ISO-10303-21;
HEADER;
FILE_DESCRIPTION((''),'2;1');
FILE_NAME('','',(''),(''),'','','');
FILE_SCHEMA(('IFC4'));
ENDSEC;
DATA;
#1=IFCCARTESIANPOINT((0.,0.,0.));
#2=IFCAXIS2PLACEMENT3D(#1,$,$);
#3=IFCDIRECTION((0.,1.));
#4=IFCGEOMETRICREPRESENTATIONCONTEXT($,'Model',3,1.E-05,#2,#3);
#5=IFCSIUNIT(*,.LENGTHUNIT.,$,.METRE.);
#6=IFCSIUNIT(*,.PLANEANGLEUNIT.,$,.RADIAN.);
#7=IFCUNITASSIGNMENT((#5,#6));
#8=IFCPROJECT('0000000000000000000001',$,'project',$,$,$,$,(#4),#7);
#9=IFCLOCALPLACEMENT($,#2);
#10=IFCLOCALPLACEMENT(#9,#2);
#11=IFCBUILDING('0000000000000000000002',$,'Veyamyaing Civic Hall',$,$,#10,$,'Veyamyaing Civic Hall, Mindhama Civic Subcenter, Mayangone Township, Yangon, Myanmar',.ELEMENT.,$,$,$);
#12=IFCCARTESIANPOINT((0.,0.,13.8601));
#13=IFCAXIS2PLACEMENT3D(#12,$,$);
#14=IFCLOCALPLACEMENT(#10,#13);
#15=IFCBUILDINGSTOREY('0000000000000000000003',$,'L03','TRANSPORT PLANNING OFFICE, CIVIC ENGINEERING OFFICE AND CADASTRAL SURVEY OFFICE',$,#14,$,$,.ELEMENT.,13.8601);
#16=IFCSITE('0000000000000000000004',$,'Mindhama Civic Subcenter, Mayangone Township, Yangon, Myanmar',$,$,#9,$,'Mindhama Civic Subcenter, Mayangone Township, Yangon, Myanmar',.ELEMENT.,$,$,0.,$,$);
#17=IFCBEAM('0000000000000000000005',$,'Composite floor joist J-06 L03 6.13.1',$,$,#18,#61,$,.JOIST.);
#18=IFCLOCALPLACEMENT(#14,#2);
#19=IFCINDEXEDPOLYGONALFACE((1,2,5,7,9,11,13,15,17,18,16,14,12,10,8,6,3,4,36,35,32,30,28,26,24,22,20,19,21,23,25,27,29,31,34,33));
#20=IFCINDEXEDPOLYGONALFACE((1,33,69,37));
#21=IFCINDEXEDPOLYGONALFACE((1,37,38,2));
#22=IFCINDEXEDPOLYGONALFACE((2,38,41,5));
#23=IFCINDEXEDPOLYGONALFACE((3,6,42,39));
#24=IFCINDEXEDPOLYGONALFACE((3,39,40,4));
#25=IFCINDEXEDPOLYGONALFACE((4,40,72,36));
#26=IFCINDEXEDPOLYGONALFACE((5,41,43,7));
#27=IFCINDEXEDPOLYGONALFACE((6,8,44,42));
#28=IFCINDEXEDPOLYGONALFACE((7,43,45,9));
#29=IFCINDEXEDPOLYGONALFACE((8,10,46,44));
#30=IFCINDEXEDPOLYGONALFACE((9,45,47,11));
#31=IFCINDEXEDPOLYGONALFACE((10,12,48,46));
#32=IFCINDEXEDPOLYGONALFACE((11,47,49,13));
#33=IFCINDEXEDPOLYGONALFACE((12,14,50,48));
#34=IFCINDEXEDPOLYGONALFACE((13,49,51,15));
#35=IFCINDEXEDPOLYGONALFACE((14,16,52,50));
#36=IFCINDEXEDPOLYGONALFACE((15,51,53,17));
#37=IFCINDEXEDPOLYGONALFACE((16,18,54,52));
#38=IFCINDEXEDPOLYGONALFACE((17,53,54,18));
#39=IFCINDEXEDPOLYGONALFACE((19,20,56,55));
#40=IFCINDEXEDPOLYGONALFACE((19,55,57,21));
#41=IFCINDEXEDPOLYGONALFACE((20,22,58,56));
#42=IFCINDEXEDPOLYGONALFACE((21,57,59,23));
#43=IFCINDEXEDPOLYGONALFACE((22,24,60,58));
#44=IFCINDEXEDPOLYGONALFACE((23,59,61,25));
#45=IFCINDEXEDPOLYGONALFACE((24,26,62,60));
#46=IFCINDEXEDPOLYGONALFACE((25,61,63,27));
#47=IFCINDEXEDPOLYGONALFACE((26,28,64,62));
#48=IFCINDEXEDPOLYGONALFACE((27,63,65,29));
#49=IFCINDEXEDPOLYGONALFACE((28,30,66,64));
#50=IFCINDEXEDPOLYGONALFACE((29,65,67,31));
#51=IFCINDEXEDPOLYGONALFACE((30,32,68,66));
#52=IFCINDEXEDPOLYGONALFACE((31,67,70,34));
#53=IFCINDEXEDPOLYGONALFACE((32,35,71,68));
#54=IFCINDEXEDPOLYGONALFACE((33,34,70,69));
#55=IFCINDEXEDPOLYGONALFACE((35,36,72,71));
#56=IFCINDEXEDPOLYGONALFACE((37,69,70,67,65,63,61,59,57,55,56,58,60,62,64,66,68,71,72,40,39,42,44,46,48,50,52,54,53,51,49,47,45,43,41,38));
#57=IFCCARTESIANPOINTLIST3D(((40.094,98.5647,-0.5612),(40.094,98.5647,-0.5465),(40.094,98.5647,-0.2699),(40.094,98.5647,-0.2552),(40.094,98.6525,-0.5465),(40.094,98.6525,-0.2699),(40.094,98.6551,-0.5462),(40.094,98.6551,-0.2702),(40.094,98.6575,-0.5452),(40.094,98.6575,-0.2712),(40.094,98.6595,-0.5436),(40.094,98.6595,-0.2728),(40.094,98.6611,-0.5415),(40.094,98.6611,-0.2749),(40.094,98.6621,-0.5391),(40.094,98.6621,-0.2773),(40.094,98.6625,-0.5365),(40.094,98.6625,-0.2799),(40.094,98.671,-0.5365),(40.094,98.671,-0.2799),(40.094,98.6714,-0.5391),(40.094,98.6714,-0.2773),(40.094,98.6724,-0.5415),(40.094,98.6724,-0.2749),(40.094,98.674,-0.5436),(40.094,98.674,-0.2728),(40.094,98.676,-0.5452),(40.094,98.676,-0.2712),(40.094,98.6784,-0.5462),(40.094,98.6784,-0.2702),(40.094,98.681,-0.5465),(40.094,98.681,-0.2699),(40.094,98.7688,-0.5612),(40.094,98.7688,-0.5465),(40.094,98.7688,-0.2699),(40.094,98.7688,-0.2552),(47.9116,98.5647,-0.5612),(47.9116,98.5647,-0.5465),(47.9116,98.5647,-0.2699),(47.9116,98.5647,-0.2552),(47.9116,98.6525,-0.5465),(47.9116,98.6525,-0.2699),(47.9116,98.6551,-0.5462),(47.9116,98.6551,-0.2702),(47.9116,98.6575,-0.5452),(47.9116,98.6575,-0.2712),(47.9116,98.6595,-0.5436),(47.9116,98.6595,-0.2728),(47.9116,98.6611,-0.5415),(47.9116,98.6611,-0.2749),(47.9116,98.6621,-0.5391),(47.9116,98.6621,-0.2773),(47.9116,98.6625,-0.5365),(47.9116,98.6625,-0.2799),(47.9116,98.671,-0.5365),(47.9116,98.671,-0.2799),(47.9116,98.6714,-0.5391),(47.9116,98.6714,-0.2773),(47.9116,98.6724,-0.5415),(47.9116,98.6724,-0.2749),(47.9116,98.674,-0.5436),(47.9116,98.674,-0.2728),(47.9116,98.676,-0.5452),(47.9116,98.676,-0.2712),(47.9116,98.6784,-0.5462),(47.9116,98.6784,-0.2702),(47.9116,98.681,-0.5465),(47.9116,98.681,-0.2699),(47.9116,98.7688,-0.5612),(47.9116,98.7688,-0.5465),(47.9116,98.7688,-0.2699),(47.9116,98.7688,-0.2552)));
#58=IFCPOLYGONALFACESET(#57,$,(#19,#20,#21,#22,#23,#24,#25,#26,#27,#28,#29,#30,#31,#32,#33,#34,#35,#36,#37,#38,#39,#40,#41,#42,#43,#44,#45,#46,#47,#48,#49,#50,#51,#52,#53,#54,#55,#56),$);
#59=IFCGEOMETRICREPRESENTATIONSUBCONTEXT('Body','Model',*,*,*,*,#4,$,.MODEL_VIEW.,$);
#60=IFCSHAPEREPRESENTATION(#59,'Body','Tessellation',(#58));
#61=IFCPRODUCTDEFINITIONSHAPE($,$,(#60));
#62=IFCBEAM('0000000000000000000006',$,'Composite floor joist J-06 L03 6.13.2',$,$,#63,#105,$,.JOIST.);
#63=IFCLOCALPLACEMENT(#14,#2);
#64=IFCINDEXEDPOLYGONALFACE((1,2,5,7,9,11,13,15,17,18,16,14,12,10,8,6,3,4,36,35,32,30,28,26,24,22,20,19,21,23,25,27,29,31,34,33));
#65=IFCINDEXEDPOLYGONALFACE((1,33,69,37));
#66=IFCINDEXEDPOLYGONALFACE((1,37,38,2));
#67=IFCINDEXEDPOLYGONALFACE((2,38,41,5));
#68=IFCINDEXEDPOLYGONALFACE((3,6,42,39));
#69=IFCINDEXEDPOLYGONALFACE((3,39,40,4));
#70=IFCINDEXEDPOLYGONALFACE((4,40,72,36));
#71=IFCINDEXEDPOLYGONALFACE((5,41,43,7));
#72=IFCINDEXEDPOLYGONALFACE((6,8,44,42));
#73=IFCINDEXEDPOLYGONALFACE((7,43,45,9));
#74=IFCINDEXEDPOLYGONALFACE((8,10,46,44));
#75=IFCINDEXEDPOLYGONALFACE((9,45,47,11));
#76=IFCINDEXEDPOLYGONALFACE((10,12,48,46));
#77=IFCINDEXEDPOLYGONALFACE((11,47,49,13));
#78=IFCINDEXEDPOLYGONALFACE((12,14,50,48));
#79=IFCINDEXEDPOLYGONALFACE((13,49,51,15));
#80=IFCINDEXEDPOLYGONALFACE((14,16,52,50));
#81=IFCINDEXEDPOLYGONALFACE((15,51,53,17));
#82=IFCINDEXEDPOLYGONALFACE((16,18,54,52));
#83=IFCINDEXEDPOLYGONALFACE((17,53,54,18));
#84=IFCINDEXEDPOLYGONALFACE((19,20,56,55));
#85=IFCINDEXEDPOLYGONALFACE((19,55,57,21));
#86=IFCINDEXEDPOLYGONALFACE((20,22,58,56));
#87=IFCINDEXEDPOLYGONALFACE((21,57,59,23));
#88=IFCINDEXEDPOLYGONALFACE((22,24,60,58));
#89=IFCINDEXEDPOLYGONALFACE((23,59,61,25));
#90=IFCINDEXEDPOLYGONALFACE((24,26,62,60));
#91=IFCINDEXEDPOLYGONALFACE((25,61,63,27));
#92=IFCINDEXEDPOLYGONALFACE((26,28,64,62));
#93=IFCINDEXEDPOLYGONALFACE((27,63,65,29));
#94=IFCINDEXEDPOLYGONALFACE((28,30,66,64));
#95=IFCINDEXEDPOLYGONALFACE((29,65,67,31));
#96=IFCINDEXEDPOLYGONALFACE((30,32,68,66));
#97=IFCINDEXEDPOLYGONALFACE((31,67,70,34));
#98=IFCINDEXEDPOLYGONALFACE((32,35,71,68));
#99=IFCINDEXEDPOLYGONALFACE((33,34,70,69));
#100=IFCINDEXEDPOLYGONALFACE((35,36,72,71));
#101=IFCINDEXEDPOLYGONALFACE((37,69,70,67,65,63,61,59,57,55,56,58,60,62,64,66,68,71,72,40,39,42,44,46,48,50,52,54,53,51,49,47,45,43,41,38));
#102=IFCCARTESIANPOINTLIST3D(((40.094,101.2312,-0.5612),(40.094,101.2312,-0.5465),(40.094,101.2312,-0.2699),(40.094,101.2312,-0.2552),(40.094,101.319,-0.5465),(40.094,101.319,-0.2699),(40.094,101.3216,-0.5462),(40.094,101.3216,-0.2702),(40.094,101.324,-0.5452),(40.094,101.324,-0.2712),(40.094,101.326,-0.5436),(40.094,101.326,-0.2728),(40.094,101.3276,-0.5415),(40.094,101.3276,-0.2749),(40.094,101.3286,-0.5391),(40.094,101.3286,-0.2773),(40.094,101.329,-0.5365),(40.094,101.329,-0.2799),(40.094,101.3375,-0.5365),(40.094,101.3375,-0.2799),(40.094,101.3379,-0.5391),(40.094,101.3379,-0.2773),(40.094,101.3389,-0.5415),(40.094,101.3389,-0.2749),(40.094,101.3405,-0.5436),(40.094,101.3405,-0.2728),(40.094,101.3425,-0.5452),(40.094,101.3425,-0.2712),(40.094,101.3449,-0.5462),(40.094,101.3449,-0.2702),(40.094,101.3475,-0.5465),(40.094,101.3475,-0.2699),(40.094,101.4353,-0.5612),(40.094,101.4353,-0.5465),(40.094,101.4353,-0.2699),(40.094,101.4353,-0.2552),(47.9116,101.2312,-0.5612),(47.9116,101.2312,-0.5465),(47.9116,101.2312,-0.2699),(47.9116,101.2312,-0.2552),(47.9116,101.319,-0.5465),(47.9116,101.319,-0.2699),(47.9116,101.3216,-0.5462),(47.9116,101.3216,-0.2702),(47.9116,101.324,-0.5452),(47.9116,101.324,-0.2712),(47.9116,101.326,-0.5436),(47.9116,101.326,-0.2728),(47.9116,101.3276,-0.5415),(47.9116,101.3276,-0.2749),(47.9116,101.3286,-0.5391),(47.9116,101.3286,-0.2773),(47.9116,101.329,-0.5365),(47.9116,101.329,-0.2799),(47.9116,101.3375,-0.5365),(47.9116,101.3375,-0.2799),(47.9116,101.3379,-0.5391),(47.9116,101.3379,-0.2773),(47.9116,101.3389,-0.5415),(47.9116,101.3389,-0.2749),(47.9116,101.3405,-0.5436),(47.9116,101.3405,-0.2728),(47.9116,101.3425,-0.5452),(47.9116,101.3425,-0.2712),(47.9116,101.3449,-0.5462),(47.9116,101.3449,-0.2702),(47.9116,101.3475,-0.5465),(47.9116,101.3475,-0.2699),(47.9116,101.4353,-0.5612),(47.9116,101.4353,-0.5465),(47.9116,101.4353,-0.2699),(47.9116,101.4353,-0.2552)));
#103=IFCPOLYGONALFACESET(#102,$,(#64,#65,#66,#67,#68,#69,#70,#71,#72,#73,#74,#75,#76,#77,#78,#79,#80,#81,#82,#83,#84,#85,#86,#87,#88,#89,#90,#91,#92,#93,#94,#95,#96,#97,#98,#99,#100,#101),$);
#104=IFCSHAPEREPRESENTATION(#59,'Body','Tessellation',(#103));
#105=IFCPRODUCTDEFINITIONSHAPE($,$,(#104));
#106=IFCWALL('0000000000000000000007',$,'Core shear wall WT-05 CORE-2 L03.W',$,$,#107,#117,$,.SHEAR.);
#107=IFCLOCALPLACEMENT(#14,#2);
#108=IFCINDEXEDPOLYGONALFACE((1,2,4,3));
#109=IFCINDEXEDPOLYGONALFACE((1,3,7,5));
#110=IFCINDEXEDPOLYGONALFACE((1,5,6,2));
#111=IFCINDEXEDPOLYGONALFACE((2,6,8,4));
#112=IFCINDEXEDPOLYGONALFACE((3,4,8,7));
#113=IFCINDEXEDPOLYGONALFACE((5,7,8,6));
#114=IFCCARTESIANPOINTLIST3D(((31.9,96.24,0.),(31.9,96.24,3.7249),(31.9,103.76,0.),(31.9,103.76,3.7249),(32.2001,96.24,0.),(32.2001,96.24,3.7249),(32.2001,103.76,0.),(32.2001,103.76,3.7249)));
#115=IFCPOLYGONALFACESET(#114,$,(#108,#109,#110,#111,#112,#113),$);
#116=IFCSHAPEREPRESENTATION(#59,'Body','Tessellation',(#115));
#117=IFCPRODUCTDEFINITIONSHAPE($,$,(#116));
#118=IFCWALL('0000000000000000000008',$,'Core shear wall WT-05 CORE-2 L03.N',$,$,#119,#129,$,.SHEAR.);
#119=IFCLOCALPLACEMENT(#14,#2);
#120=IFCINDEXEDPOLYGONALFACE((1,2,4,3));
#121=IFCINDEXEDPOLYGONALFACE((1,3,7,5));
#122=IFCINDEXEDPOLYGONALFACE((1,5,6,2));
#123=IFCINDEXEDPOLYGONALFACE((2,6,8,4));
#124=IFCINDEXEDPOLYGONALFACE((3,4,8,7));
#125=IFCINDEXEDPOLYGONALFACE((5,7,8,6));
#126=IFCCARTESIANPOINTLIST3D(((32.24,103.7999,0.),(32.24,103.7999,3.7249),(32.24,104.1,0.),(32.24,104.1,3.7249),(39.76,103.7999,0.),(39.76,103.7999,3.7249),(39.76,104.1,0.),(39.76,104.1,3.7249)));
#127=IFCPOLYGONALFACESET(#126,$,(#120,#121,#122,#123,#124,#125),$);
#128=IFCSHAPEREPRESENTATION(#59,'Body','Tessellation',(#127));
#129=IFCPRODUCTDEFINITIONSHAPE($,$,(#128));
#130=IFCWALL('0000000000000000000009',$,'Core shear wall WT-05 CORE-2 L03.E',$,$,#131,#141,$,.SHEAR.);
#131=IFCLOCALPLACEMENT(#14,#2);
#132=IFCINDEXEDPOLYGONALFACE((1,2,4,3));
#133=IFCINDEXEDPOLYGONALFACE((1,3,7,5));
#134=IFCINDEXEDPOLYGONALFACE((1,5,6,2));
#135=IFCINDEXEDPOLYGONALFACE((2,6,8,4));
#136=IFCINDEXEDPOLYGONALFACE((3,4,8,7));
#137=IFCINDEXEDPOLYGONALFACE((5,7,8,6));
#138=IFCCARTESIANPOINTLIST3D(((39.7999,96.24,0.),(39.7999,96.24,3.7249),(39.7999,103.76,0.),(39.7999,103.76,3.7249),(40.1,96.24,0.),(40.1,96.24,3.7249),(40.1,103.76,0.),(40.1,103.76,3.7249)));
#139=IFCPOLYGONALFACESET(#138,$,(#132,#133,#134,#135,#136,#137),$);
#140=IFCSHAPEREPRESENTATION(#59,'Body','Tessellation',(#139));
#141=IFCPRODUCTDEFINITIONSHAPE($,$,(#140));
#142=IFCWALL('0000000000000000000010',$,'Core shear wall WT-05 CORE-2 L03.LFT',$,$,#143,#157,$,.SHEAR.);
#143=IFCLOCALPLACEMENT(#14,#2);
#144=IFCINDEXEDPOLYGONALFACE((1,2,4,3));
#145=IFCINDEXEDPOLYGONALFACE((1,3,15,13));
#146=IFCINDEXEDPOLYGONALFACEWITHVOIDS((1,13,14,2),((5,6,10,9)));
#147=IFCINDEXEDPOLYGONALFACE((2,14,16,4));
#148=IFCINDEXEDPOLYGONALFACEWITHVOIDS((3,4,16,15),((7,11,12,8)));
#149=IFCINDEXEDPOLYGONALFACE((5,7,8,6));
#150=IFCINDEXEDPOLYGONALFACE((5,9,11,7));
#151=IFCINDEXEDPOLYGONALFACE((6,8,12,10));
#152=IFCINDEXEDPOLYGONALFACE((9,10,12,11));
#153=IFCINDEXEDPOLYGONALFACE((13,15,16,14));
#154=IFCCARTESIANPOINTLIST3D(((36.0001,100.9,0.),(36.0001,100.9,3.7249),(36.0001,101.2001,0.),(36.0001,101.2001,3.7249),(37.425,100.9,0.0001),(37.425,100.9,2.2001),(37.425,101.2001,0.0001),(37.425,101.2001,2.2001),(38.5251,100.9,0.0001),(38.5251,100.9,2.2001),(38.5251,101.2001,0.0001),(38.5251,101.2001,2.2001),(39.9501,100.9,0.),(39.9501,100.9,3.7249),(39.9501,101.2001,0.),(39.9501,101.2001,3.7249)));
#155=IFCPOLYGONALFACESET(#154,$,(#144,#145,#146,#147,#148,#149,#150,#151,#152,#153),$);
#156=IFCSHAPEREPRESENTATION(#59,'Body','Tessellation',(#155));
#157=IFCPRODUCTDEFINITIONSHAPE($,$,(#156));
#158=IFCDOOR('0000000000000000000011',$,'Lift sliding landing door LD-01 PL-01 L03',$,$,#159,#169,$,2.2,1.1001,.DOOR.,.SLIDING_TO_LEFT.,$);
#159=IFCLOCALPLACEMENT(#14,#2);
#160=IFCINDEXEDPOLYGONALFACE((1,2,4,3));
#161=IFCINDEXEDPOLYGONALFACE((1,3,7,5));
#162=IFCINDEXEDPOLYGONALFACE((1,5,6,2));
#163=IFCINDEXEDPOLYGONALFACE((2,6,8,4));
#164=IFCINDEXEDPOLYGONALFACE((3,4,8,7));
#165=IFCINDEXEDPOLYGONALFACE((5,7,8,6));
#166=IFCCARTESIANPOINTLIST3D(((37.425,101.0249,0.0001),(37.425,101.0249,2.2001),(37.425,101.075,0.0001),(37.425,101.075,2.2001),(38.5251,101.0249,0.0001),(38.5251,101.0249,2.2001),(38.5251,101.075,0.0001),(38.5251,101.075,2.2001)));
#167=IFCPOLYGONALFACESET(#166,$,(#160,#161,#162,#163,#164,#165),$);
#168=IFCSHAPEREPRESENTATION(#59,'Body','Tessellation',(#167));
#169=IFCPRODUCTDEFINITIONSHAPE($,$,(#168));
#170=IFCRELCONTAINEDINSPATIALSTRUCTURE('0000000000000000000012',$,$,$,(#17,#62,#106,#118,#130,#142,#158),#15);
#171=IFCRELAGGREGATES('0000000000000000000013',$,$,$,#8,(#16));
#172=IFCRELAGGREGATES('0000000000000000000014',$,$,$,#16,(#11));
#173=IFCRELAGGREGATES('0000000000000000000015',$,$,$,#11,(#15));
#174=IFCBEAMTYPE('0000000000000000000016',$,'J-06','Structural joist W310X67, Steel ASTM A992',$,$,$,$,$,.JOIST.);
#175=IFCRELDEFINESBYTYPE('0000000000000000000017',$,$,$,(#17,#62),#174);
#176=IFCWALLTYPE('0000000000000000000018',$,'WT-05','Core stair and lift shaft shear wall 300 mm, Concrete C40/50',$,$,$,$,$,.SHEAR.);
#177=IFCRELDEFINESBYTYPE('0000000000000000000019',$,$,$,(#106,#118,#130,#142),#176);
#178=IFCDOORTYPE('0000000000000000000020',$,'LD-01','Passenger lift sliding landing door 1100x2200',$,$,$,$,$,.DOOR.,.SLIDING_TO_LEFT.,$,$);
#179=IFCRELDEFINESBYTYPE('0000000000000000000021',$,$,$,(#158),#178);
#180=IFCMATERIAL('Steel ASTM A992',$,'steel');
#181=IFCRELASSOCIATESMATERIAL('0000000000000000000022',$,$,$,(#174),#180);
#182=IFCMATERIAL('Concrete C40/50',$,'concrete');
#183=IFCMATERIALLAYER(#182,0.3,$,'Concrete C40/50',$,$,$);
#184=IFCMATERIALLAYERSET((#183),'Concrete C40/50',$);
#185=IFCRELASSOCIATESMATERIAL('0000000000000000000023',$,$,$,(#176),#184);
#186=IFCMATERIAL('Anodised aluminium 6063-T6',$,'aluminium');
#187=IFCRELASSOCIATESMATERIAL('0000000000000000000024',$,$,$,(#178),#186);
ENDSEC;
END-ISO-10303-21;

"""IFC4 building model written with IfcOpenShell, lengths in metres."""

from ifc_helpers import new_model, si_unit, direction, frame, frame_2d, origin, origin_2d, place, context, subcontext, project, spatial, rectangle, i_section, extrude, material, layer, layer_set, material_profile, profile_set, type_object, element, fill, save


model = new_model("IFC4")

# Units and contexts
model_context = context("Model", 3, precision=1e-05, world=origin(), true_north=direction((0.0, 1.0)))
body_context = subcontext(model_context, "Body", "Model", "MODEL_VIEW")
ifc_project = project(units=[si_unit("LENGTHUNIT", "METRE"), si_unit("PLANEANGLEUNIT", "RADIAN")], contexts=[model_context])

# Site, building, storey
site_placement = place(None, origin())
site = spatial("IfcSite", under=ifc_project, at=site_placement, Name="Mindhama Civic Subcenter, Mayangone Township, Yangon, Myanmar", LongName="Mindhama Civic Subcenter, Mayangone Township, Yangon, Myanmar", CompositionType="ELEMENT", RefElevation=0.0)
building_placement = place(site_placement, origin())
building = spatial("IfcBuilding", under=site, at=building_placement, Name="Veyamyaing Civic Hall", LongName="Veyamyaing Civic Hall, Mindhama Civic Subcenter, Mayangone Township, Yangon, Myanmar", CompositionType="ELEMENT")
storey_placement = place(building_placement, frame((0.0, 0.0, 13.8601)))
storey = spatial("IfcBuildingStorey", under=building, at=storey_placement, Name="L03", Description="TRANSPORT PLANNING OFFICE, CIVIC ENGINEERING OFFICE AND CADASTRAL SURVEY OFFICE", CompositionType="ELEMENT", Elevation=13.8601)

# Beams
ifc_material_1 = material(Name="Steel ASTM A992", Category="steel")
ifc_material_profile_1 = material_profile(ifc_material_1, i_section(OverallWidth=0.2041, OverallDepth=0.3059, WebThickness=0.0085, FlangeThickness=0.0146, FilletRadius=0.01, at=origin_2d()), Name="W310X67")
ifc_profile_set_1 = profile_set([ifc_material_profile_1], Name="Steel ASTM A992")
beam_type_1 = type_object("IfcBeamType", Name="J-06", Description="Structural joist W310X67, Steel ASTM A992", PredefinedType="JOIST", material=ifc_profile_set_1)
for number, where, z_axis, x_axis, name in (
    (1, (40.094, 98.6667, -0.4082), (1.0, 0.0, 0.0), (0.0, 1.0, 0.0), "Composite floor joist J-06 L03 6.13.1"),
    (2, (40.094, 101.3333, -0.4082), (1.0, 0.0, 0.0), (0.0, 1.0, 0.0), "Composite floor joist J-06 L03 6.13.2"),
):
    element("IfcBeam", number, at=place(storey_placement, frame(where, z_axis=z_axis, x_axis=x_axis)), inside=storey, type_object=beam_type_1, Name=name, PredefinedType="JOIST", context=body_context, shape_type="SweptSolid", body=[
        extrude(i_section(OverallWidth=0.2041, OverallDepth=0.3059, WebThickness=0.0085, FlangeThickness=0.0146, FilletRadius=0.01, at=origin_2d()), origin(), (0.0, 0.0, 1.0), 7.8176),
    ])

# Walls
ifc_material_2 = material(Name="Concrete C40/50", Category="concrete")
ifc_layer_1 = layer(ifc_material_2, 0.3, Name="Concrete C40/50")
ifc_layer_set_1 = layer_set([ifc_layer_1], Name="Concrete C40/50")
wall_type_1 = type_object("IfcWallType", Name="WT-05", Description="Core stair and lift shaft shear wall 300 mm, Concrete C40/50", PredefinedType="SHEAR", material=ifc_layer_set_1)
for number, where, z_axis, x_axis, name in (
    (3, (32.05, 96.24, 0.0), (0.0, 0.0, 1.0), (0.0, 1.0, 0.0), "Core shear wall WT-05 CORE-2 L03.W"),
    (4, (32.24, 103.95, 0.0), (0.0, 0.0, 1.0), (1.0, 0.0, 0.0), "Core shear wall WT-05 CORE-2 L03.N"),
    (5, (39.95, 96.24, 0.0), (0.0, 0.0, 1.0), (0.0, 1.0, 0.0), "Core shear wall WT-05 CORE-2 L03.E"),
):
    element("IfcWall", number, at=place(storey_placement, frame(where, z_axis=z_axis, x_axis=x_axis)), inside=storey, type_object=wall_type_1, Name=name, PredefinedType="SHEAR", context=body_context, shape_type="SweptSolid", body=[
        extrude(rectangle(XDim=7.52, YDim=0.3, at=frame_2d((3.76, 0.0))), origin(), (0.0, 0.0, 1.0), 3.7249),
    ])

# Wall, opening, door
wall_1_placement = place(storey_placement, frame((36.0, 101.05, 0.0), z_axis=(0.0, 0.0, 1.0), x_axis=(1.0, 0.0, 0.0)))
wall_1 = element("IfcWall", 6, at=wall_1_placement, inside=storey, type_object=wall_type_1, Name="Core shear wall WT-05 CORE-2 L03.LFT", PredefinedType="SHEAR", context=body_context, shape_type="SweptSolid", body=[
    extrude(rectangle(XDim=3.95, YDim=0.3, at=frame_2d((1.9751, 0.0))), origin(), (0.0, 0.0, 1.0), 3.7249),
])
opening_1_placement = place(wall_1_placement, frame((1.425, 0.0, 0.0)))
opening_1 = element("IfcOpeningElement", 7, at=opening_1_placement, cuts=wall_1, PredefinedType="OPENING", context=body_context, shape_type="SweptSolid", body=[
    extrude(rectangle(XDim=1.1001, YDim=2.2, at=frame_2d((0.55, 1.1001))), frame((0.0, 0.1599, 0.0), z_axis=(0.0, -1.0, 0.0), x_axis=(1.0, 0.0, 0.0)), (0.0, 0.0, 1.0), 0.3201),
])
ifc_material_3 = material(Name="Anodised aluminium 6063-T6", Category="aluminium")
door_type_1 = type_object("IfcDoorType", Name="LD-01", Description="Passenger lift sliding landing door 1100x2200", OperationType="SLIDING_TO_LEFT", PredefinedType="DOOR", material=ifc_material_3)
door_1_placement = place(opening_1_placement, origin())
door_1 = element("IfcDoor", 8, at=door_1_placement, inside=storey, type_object=door_type_1, Name="Lift sliding landing door LD-01 PL-01 L03", OperationType="SLIDING_TO_LEFT", OverallHeight=2.2, OverallWidth=1.1001, PredefinedType="DOOR", context=body_context, shape_type="SweptSolid", body=[
    extrude(rectangle(XDim=1.1001, YDim=2.2, at=frame_2d((0.55, 1.1001))), frame((0.0, 0.0249, 0.0), z_axis=(0.0, -1.0, 0.0), x_axis=(1.0, 0.0, 0.0)), (0.0, 0.0, 1.0), 0.05),
])
fill(opening_1, door_1)

save(model, "model.ifc")
